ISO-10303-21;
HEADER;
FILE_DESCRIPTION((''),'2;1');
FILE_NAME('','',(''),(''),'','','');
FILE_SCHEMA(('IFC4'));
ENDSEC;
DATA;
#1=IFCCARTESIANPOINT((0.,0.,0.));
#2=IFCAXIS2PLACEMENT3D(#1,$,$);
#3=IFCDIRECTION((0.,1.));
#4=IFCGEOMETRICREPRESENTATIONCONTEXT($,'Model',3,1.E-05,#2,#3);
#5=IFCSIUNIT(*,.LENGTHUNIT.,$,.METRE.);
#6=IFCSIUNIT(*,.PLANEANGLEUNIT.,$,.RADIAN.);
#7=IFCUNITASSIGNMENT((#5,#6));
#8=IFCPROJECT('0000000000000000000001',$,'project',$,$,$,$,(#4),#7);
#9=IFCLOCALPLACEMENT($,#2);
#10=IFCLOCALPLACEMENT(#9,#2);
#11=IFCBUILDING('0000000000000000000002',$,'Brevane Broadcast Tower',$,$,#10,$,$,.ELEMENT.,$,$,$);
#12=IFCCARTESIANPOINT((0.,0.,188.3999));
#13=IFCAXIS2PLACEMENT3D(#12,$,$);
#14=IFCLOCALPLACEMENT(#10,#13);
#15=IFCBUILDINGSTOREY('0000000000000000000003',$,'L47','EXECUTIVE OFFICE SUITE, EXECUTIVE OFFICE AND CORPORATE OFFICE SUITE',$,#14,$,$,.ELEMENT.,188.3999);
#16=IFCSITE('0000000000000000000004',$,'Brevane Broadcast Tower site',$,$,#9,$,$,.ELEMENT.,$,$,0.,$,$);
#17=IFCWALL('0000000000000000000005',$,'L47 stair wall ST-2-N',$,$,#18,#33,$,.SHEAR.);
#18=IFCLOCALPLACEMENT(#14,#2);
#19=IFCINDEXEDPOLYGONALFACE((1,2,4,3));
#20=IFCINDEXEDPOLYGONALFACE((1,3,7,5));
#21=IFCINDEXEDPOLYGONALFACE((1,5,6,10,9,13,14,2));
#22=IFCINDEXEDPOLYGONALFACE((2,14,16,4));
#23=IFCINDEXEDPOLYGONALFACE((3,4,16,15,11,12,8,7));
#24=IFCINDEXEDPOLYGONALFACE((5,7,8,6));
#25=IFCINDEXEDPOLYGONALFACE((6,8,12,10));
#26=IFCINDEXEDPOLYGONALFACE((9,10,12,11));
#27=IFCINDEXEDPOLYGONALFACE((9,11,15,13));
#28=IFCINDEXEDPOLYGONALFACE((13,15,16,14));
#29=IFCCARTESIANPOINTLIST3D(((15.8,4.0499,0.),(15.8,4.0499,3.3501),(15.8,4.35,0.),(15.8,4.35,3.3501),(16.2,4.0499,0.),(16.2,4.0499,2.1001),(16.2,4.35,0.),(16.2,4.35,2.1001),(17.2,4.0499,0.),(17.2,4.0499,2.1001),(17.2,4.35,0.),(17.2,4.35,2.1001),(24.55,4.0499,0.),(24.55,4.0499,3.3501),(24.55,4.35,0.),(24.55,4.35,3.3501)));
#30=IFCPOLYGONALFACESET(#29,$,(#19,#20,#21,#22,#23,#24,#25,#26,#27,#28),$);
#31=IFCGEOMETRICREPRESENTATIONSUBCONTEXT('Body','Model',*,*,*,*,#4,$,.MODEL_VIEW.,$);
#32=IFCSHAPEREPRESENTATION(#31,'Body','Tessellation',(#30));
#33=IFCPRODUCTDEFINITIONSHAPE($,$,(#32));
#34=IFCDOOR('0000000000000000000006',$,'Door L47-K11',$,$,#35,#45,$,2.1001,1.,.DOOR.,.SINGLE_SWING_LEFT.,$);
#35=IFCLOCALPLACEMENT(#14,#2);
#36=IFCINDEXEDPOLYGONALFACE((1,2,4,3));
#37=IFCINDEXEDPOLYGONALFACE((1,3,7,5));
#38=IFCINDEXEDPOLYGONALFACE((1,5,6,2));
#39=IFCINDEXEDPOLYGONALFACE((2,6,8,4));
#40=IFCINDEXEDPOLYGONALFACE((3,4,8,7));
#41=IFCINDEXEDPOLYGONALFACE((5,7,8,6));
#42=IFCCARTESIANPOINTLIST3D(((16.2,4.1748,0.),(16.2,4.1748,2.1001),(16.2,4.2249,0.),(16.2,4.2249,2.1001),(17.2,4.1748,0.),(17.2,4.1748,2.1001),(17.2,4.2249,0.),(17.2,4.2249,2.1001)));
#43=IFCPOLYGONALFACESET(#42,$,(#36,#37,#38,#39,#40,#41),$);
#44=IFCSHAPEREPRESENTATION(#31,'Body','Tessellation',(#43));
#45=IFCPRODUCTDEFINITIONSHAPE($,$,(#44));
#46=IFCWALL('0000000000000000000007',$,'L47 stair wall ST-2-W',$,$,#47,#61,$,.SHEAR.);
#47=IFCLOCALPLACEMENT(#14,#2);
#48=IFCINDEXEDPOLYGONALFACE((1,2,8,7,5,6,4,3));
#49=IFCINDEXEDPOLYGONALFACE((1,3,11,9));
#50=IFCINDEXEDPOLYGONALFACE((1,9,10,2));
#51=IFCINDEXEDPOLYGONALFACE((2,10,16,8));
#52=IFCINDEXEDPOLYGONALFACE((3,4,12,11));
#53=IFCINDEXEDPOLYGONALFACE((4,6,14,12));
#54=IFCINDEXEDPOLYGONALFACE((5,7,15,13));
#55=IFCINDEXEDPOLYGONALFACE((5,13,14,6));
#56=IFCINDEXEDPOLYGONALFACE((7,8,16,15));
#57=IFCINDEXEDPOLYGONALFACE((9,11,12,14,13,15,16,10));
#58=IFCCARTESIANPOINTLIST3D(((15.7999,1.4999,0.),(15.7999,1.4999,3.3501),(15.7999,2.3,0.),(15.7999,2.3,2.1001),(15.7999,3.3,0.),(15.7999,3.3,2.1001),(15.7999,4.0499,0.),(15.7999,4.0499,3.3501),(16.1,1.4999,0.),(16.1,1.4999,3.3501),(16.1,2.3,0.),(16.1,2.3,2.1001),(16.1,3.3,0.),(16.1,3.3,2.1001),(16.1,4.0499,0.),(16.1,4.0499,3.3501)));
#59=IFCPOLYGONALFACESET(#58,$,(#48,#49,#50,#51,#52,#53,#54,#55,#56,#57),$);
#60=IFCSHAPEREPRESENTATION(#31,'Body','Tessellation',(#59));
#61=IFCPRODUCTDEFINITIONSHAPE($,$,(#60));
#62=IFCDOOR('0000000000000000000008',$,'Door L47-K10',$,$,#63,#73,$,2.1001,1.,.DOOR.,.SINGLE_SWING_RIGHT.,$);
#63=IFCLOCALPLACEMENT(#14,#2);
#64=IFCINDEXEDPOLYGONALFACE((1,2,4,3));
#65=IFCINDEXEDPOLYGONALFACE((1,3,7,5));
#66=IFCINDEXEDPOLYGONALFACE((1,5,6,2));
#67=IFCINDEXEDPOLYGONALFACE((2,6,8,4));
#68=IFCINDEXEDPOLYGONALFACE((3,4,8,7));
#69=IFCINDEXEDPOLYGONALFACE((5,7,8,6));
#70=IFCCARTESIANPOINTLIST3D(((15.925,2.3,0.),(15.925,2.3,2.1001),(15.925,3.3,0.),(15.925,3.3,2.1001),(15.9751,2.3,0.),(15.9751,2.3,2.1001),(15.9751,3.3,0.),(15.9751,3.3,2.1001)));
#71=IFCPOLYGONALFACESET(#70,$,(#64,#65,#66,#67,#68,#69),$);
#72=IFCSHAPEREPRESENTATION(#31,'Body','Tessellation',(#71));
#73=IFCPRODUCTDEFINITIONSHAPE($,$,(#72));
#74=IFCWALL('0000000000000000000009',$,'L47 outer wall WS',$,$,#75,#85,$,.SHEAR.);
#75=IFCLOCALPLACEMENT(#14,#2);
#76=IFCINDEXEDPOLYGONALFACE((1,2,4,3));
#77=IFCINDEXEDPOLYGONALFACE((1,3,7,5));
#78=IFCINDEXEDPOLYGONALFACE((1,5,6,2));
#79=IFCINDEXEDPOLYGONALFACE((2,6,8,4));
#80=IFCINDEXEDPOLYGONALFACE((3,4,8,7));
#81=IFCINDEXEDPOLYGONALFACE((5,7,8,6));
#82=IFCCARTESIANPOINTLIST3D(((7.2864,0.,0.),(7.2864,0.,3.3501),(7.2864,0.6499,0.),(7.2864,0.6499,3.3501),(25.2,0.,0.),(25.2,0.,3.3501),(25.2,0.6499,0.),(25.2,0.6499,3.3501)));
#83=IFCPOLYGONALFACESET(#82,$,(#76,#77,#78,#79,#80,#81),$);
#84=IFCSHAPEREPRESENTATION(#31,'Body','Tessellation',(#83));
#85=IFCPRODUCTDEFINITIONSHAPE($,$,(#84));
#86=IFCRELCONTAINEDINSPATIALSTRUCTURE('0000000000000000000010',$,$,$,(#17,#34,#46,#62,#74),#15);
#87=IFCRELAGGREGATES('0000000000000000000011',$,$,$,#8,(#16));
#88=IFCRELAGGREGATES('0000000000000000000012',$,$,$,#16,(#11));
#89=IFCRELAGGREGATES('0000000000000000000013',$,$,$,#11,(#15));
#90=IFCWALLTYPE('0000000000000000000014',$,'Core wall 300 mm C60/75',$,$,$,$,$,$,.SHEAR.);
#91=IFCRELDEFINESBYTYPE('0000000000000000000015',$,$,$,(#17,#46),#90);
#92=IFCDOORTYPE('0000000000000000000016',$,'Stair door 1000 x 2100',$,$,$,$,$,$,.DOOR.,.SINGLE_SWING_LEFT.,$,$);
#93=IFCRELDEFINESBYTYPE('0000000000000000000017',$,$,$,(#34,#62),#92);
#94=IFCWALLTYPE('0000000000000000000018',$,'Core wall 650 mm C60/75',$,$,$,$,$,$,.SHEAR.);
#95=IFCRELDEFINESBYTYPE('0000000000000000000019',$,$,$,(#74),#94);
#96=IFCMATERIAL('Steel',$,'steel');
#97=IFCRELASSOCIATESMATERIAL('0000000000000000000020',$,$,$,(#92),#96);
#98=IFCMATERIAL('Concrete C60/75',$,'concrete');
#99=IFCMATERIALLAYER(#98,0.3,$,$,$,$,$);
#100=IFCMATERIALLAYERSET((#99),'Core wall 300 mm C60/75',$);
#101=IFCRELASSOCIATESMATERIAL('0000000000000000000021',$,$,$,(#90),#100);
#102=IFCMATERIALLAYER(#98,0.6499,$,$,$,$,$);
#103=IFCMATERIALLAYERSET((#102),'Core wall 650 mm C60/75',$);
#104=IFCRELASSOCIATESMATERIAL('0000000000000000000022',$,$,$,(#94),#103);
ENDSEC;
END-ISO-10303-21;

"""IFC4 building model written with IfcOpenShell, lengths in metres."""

from ifc_helpers import new_model, si_unit, direction, frame, frame_2d, origin, place, context, subcontext, project, spatial, rectangle, extrude, material, layer, layer_set, type_object, element, fill, save


model = new_model("IFC4")

# Units and contexts
model_context = context("Model", 3, precision=1e-05, world=origin(), true_north=direction((0.0, 1.0)))
body_context = subcontext(model_context, "Body", "Model", "MODEL_VIEW")
ifc_project = project(units=[si_unit("LENGTHUNIT", "METRE"), si_unit("PLANEANGLEUNIT", "RADIAN")], contexts=[model_context])

# Site, building, storey
site_placement = place(None, origin())
site = spatial("IfcSite", under=ifc_project, at=site_placement, Name="Brevane Broadcast Tower site", CompositionType="ELEMENT", RefElevation=0.0)
building_placement = place(site_placement, origin())
building = spatial("IfcBuilding", under=site, at=building_placement, Name="Brevane Broadcast Tower", CompositionType="ELEMENT")
storey_placement = place(building_placement, frame((0.0, 0.0, 188.3999)))
storey = spatial("IfcBuildingStorey", under=building, at=storey_placement, Name="L47", Description="EXECUTIVE OFFICE SUITE, EXECUTIVE OFFICE AND CORPORATE OFFICE SUITE", CompositionType="ELEMENT", Elevation=188.3999)

# Shared definitions
ifc_material_1 = material(Name="Steel", Category="steel")
door_type_1 = type_object("IfcDoorType", Name="Stair door 1000 x 2100", OperationType="SINGLE_SWING_LEFT", PredefinedType="DOOR", material=ifc_material_1)

# Shared definitions
ifc_material_2 = material(Name="Concrete C60/75", Category="concrete")
ifc_layer_1 = layer(ifc_material_2, 0.3)
ifc_layer_set_1 = layer_set([ifc_layer_1], Name="Core wall 300 mm C60/75")
wall_type_1 = type_object("IfcWallType", Name="Core wall 300 mm C60/75", PredefinedType="SHEAR", material=ifc_layer_set_1)

# Walls, openings, doors
wall_1_placement = place(storey_placement, frame((15.8, 4.2, 0.0), z_axis=(0.0, 0.0, 1.0), x_axis=(1.0, 0.0, 0.0)))
wall_1 = element("IfcWall", 1, at=wall_1_placement, inside=storey, type_object=wall_type_1, Name="L47 stair wall ST-2-N", PredefinedType="SHEAR", context=body_context, shape_type="SweptSolid", body=[
    extrude(rectangle(XDim=8.75, YDim=0.3, at=frame_2d((4.375, 0.0))), origin(), (0.0, 0.0, 1.0), 3.3501),
])
opening_1_placement = place(wall_1_placement, frame((0.3999, 0.0, 0.0)))
opening_1 = element("IfcOpeningElement", 2, at=opening_1_placement, cuts=wall_1, PredefinedType="OPENING", context=body_context, shape_type="SweptSolid", body=[
    extrude(rectangle(XDim=1.0, YDim=2.1001, at=frame_2d((0.5, 1.05))), frame((0.0, 0.1599, 0.0), z_axis=(0.0, -1.0, 0.0), x_axis=(1.0, 0.0, 0.0)), (0.0, 0.0, 1.0), 0.3201),
])
door_1_placement = place(opening_1_placement, origin())
door_1 = element("IfcDoor", 3, at=door_1_placement, inside=storey, type_object=door_type_1, Name="Door L47-K11", OperationType="SINGLE_SWING_LEFT", OverallHeight=2.1001, OverallWidth=1.0, PredefinedType="DOOR", context=body_context, shape_type="SweptSolid", body=[
    extrude(rectangle(XDim=1.0, YDim=2.1001, at=frame_2d((0.5, 1.05))), frame((0.0, 0.0249, 0.0), z_axis=(0.0, -1.0, 0.0), x_axis=(1.0, 0.0, 0.0)), (0.0, 0.0, 1.0), 0.05),
])
fill(opening_1, door_1)
wall_2_placement = place(storey_placement, frame((15.95, 1.5, 0.0), z_axis=(0.0, 0.0, 1.0), x_axis=(0.0, 1.0, 0.0)))
wall_2 = element("IfcWall", 4, at=wall_2_placement, inside=storey, type_object=wall_type_1, Name="L47 stair wall ST-2-W", PredefinedType="SHEAR", context=body_context, shape_type="SweptSolid", body=[
    extrude(rectangle(XDim=2.55, YDim=0.3, at=frame_2d((1.2749, 0.0))), origin(), (0.0, 0.0, 1.0), 3.3501),
])
opening_2_placement = place(wall_2_placement, frame((0.8, 0.0, 0.0)))
opening_2 = element("IfcOpeningElement", 5, at=opening_2_placement, cuts=wall_2, PredefinedType="OPENING", context=body_context, shape_type="SweptSolid", body=[
    extrude(rectangle(XDim=1.0, YDim=2.1001, at=frame_2d((0.5, 1.05))), frame((0.0, 0.1599, 0.0), z_axis=(0.0, -1.0, 0.0), x_axis=(1.0, 0.0, 0.0)), (0.0, 0.0, 1.0), 0.3201),
])
door_2_placement = place(opening_2_placement, origin())
door_2 = element("IfcDoor", 6, at=door_2_placement, inside=storey, type_object=door_type_1, Name="Door L47-K10", OperationType="SINGLE_SWING_RIGHT", OverallHeight=2.1001, OverallWidth=1.0, PredefinedType="DOOR", context=body_context, shape_type="SweptSolid", body=[
    extrude(rectangle(XDim=1.0, YDim=2.1001, at=frame_2d((0.5, 1.05))), frame((0.0, 0.0249, 0.0), z_axis=(0.0, -1.0, 0.0), x_axis=(1.0, 0.0, 0.0)), (0.0, 0.0, 1.0), 0.05),
])
fill(opening_2, door_2)

# Wall
ifc_layer_2 = layer(ifc_material_2, 0.6499)
ifc_layer_set_2 = layer_set([ifc_layer_2], Name="Core wall 650 mm C60/75")
wall_type_2 = type_object("IfcWallType", Name="Core wall 650 mm C60/75", PredefinedType="SHEAR", material=ifc_layer_set_2)
wall_3_placement = place(storey_placement, frame((7.2864, 0.325, 0.0), z_axis=(0.0, 0.0, 1.0), x_axis=(1.0, 0.0, 0.0)))
element("IfcWall", 7, at=wall_3_placement, inside=storey, type_object=wall_type_2, Name="L47 outer wall WS", PredefinedType="SHEAR", context=body_context, shape_type="SweptSolid", body=[
    extrude(rectangle(XDim=17.9136, YDim=0.6499, at=frame_2d((8.9568, 0.0))), origin(), (0.0, 0.0, 1.0), 3.3501),
])

save(model, "model.ifc")
